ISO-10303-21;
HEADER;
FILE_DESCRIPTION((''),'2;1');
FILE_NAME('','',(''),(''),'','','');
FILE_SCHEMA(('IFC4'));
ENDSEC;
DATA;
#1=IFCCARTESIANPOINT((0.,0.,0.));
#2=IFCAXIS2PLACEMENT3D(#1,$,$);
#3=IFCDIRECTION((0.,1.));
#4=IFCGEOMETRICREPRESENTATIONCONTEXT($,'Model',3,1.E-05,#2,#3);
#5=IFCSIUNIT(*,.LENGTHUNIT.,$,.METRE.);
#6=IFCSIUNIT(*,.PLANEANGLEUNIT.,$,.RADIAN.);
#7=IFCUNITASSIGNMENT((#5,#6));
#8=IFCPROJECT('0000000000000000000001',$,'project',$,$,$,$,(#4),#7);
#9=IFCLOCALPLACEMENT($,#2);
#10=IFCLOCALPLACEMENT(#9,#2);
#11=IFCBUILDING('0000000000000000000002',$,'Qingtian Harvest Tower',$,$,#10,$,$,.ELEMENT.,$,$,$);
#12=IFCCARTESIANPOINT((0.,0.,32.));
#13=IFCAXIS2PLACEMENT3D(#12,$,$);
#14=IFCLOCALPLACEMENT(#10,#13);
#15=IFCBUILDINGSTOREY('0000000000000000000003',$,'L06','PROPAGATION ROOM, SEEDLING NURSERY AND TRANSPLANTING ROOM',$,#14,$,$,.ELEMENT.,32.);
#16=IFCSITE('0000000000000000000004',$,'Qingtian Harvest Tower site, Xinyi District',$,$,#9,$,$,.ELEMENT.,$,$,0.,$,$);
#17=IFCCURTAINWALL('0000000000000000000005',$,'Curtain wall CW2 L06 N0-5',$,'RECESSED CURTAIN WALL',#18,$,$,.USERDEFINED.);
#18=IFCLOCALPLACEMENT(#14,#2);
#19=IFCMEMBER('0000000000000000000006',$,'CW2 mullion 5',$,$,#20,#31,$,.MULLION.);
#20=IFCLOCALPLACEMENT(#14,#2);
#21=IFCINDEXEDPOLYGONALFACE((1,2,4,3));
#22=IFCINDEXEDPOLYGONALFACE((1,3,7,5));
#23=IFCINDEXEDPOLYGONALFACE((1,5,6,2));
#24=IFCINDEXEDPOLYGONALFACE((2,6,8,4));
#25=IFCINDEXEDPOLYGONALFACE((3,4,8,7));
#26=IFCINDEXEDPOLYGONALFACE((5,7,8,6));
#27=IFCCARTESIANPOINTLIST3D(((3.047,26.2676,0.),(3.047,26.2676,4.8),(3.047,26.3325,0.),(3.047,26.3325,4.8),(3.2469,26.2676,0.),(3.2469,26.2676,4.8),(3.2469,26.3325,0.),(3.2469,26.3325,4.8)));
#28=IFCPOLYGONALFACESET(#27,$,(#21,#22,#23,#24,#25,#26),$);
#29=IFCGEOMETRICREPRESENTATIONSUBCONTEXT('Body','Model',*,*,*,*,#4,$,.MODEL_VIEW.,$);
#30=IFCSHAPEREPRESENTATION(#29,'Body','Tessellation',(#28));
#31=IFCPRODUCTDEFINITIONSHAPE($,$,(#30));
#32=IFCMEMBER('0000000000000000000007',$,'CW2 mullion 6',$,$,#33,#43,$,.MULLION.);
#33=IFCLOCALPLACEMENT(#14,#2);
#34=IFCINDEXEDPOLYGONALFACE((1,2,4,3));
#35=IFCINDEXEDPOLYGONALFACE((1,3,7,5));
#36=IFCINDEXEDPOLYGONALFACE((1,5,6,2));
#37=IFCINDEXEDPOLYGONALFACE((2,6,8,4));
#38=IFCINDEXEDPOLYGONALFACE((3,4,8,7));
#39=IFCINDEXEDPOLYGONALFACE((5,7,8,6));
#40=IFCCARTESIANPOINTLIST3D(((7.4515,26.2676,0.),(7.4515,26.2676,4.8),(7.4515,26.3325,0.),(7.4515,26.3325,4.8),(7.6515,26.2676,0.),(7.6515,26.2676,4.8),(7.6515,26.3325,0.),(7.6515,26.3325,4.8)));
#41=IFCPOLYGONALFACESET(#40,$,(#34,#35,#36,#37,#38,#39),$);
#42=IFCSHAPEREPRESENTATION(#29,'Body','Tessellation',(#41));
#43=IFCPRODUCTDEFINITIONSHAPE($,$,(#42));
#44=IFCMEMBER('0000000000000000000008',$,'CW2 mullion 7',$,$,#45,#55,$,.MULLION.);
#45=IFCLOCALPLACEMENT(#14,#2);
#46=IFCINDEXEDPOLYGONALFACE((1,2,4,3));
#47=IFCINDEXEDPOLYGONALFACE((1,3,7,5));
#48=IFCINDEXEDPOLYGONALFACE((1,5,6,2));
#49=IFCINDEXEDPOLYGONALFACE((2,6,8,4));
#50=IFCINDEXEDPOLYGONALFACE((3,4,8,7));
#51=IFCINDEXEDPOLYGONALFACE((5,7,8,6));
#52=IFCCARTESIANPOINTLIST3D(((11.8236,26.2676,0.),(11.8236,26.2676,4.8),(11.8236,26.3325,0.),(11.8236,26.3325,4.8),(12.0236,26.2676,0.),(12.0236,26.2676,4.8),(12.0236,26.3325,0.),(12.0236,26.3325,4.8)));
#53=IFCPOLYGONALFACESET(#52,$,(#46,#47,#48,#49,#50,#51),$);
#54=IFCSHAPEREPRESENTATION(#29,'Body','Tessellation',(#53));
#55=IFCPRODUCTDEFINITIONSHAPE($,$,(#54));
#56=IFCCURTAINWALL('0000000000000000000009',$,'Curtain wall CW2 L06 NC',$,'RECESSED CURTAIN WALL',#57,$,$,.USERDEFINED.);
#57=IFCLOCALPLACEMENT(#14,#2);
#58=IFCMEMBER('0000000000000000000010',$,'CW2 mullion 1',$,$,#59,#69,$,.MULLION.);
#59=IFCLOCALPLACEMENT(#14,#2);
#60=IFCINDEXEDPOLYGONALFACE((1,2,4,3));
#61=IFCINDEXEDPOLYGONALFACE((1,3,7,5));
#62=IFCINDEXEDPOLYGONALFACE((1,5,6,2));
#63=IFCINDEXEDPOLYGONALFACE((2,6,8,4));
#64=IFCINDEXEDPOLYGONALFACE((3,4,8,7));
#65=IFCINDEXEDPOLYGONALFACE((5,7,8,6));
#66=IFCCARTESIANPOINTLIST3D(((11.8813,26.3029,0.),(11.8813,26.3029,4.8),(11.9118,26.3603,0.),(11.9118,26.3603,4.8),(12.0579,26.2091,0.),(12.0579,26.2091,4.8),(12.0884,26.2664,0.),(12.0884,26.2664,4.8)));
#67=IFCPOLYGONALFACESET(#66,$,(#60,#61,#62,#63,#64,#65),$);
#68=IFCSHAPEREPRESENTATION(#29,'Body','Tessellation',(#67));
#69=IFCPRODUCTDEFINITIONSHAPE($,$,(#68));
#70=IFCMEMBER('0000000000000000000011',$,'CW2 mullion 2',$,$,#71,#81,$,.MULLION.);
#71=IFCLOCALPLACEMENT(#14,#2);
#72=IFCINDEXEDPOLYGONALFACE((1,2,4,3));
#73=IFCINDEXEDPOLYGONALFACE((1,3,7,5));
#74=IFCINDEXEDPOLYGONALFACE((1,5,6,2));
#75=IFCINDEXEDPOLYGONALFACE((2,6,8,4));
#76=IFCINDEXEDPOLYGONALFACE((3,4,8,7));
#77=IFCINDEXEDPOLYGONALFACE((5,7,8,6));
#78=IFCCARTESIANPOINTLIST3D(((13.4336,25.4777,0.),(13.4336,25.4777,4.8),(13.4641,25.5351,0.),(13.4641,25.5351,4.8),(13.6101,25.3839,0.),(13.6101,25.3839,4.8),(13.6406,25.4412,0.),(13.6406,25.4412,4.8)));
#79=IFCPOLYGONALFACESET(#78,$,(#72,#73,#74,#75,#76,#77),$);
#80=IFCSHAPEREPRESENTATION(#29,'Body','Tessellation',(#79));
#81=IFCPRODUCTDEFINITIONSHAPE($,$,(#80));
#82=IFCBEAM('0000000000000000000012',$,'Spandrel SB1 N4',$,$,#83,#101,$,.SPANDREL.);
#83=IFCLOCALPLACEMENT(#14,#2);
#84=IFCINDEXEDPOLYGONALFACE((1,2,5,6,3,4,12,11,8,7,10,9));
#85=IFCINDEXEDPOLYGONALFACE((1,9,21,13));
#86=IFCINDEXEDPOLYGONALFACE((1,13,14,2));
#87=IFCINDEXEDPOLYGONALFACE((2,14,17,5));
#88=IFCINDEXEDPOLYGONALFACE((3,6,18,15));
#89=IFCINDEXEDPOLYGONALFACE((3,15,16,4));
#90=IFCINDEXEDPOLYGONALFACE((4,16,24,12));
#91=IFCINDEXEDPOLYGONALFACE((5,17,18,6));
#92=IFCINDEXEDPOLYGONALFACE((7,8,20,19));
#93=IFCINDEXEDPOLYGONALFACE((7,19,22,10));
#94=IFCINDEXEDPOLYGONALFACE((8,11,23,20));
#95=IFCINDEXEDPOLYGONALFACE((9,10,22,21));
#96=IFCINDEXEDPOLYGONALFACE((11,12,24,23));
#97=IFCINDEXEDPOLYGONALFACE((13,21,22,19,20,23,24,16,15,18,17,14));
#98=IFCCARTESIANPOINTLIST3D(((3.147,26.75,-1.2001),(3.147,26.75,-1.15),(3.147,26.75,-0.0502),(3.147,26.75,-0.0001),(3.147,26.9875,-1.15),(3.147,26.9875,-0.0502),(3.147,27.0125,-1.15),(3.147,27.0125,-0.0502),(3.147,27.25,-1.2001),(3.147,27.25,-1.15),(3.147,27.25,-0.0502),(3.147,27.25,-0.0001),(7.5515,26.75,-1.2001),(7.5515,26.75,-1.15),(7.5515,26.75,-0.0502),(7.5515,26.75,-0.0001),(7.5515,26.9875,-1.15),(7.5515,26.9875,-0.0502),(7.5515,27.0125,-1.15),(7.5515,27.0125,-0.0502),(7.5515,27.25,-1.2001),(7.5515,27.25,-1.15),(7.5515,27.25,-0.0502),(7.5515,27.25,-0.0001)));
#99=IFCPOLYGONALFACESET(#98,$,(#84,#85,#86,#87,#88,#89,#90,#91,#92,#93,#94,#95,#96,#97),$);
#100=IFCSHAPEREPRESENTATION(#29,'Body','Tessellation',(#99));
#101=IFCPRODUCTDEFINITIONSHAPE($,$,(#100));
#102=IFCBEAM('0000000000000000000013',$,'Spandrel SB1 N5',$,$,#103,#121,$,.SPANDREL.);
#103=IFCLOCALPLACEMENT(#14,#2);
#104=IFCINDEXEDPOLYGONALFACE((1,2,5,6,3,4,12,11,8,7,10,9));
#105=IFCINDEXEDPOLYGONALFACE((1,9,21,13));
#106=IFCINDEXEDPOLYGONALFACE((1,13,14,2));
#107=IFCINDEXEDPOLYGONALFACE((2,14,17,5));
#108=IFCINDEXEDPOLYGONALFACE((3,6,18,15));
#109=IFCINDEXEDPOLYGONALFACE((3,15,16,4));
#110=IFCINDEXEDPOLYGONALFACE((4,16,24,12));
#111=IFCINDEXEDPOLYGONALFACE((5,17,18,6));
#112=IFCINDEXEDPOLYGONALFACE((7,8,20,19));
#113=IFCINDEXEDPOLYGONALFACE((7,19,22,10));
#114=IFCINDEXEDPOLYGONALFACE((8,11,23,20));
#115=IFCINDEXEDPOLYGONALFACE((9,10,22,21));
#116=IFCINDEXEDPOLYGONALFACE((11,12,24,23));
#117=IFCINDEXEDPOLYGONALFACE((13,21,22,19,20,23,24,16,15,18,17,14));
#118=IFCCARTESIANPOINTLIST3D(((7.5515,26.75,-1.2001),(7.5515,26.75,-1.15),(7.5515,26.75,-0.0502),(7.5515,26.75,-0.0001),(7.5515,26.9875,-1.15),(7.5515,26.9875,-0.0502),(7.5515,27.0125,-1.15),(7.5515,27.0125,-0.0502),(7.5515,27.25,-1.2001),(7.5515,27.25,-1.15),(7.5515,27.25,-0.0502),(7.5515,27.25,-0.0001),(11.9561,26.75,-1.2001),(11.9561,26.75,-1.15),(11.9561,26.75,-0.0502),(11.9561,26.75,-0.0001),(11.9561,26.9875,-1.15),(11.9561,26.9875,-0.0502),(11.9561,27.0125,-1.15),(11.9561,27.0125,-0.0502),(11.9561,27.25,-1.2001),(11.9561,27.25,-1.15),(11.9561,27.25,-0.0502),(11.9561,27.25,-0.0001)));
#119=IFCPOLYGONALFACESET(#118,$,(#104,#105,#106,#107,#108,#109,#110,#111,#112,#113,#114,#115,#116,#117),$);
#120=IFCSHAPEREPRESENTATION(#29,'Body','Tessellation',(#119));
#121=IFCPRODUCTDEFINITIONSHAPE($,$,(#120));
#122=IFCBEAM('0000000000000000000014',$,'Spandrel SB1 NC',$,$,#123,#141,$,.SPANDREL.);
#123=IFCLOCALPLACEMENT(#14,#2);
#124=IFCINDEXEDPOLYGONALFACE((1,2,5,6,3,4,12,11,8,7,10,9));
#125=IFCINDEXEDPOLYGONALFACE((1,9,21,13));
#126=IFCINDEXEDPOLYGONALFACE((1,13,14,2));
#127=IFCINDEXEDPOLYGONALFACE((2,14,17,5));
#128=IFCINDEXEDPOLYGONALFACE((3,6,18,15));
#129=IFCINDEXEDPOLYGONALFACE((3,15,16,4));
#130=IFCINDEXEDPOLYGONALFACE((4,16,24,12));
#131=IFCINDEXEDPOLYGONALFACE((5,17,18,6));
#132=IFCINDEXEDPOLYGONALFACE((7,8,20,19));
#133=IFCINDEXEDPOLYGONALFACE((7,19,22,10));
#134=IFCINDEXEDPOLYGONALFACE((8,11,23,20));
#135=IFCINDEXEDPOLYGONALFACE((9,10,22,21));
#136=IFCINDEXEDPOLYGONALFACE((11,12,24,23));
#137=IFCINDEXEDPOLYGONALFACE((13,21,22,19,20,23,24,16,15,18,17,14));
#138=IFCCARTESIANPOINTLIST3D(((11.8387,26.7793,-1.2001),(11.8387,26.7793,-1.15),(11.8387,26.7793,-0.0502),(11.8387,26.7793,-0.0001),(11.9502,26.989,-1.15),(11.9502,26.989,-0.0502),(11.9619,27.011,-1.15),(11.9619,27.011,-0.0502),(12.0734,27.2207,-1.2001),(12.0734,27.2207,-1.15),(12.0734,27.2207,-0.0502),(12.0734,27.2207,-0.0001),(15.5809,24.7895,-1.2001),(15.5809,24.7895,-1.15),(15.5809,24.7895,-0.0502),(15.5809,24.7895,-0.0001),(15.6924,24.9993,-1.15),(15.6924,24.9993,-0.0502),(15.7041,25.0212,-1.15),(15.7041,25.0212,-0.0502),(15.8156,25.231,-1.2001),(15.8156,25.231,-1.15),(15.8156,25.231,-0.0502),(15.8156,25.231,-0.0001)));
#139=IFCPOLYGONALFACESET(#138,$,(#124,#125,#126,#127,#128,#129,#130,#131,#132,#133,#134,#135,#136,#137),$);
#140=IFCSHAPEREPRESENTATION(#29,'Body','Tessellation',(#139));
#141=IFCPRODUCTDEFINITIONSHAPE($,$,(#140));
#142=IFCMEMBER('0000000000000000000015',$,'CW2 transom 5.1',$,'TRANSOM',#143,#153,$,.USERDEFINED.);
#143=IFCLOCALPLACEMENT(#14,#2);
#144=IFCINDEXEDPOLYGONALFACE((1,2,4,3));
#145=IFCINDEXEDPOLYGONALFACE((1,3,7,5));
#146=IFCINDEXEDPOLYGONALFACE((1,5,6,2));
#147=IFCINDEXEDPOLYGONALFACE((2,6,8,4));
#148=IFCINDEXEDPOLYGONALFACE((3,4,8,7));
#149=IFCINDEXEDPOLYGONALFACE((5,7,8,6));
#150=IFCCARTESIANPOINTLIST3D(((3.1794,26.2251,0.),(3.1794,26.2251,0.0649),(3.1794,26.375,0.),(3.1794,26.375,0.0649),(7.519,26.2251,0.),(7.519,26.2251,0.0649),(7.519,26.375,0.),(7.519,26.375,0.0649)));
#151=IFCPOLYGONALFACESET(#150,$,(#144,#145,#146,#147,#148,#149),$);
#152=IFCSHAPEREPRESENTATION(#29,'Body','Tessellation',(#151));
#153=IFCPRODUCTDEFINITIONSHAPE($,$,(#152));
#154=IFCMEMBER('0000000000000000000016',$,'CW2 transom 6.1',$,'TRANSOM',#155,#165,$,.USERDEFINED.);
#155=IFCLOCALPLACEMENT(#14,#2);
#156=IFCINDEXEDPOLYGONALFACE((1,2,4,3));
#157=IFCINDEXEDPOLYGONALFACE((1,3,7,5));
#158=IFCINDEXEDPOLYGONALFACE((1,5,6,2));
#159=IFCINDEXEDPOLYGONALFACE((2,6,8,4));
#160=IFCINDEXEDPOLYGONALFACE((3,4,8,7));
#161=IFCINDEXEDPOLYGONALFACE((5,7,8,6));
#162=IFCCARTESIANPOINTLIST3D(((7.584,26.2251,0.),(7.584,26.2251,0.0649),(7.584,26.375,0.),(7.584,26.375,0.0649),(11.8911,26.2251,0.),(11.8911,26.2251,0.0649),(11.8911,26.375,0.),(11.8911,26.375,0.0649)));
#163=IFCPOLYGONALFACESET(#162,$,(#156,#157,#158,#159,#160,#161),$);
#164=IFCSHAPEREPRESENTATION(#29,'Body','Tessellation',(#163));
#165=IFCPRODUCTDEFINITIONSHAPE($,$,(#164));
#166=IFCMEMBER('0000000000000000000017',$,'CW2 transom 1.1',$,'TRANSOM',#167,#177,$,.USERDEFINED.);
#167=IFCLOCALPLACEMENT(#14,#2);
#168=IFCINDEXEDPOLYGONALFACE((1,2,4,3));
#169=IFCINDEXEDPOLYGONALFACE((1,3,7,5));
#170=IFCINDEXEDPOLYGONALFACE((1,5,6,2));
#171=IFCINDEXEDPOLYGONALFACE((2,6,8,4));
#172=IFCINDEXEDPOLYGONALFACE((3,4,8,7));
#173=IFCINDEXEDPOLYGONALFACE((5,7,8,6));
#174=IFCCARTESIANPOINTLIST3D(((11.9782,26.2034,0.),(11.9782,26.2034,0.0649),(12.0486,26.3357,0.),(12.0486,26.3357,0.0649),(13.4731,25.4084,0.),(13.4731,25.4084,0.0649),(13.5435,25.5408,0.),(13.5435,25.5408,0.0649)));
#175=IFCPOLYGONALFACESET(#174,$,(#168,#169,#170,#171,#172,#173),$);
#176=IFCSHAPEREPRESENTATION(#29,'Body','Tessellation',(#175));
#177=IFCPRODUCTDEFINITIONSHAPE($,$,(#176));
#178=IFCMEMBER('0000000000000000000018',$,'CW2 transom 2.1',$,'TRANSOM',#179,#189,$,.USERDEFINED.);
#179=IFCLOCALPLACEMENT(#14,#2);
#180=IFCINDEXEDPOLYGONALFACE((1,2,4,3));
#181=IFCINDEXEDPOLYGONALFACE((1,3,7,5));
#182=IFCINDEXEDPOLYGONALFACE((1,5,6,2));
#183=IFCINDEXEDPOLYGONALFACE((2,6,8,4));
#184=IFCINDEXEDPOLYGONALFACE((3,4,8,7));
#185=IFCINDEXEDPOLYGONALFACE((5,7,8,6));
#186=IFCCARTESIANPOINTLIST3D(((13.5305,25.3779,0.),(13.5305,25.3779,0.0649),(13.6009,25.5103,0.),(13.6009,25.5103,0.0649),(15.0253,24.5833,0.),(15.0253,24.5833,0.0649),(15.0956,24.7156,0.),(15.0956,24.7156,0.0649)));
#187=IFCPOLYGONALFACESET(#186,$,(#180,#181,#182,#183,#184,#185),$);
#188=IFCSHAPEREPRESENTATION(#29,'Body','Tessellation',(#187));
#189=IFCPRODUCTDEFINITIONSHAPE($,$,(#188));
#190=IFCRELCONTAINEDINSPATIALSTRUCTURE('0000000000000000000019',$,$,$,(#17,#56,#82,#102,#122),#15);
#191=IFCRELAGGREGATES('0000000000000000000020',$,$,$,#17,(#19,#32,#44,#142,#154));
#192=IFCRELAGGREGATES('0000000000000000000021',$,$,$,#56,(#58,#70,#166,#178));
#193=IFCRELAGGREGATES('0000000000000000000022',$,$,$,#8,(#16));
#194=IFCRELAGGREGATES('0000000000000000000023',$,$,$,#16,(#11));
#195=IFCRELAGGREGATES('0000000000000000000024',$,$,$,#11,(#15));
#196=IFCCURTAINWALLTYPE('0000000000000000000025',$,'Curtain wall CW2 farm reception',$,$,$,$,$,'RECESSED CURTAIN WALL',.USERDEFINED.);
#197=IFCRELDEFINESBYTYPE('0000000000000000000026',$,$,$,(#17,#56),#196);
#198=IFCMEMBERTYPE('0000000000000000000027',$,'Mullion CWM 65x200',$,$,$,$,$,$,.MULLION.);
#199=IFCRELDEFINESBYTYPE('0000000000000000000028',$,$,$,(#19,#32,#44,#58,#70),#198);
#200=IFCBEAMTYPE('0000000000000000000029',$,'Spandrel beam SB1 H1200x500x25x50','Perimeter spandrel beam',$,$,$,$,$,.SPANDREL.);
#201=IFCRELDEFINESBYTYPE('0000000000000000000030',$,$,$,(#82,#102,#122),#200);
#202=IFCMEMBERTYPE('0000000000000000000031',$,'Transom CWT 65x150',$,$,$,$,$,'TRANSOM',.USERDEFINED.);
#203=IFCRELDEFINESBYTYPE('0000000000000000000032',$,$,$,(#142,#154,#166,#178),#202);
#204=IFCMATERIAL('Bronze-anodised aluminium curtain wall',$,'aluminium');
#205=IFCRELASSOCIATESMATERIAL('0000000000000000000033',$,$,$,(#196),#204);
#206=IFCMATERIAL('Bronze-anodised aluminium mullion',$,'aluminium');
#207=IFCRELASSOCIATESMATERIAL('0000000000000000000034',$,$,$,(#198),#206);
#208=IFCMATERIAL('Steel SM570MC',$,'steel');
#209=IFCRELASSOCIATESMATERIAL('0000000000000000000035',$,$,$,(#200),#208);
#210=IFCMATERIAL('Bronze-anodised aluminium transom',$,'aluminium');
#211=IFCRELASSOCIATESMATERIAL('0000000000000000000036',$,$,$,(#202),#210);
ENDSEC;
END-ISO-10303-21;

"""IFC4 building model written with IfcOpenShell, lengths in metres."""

from ifc_helpers import new_model, si_unit, direction, frame, origin, origin_2d, place, context, subcontext, project, spatial, rectangle, i_section, extrude, material, material_profile, profile_set, type_object, element, aggregate, save


model = new_model("IFC4")

# Units and contexts
model_context = context("Model", 3, precision=1e-05, world=origin(), true_north=direction((0.0, 1.0)))
body_context = subcontext(model_context, "Body", "Model", "MODEL_VIEW")
ifc_project = project(units=[si_unit("LENGTHUNIT", "METRE"), si_unit("PLANEANGLEUNIT", "RADIAN")], contexts=[model_context])

# Site, building, storey
site_placement = place(None, origin())
site = spatial("IfcSite", under=ifc_project, at=site_placement, Name="Qingtian Harvest Tower site, Xinyi District", CompositionType="ELEMENT", RefElevation=0.0)
building_placement = place(site_placement, origin())
building = spatial("IfcBuilding", under=site, at=building_placement, Name="Qingtian Harvest Tower", CompositionType="ELEMENT")
storey_placement = place(building_placement, frame((0.0, 0.0, 32.0)))
storey = spatial("IfcBuildingStorey", under=building, at=storey_placement, Name="L06", Description="PROPAGATION ROOM, SEEDLING NURSERY AND TRANSPLANTING ROOM", CompositionType="ELEMENT", Elevation=32.0)

# Curtain walls, members
ifc_material_1 = material(Name="Bronze-anodised aluminium curtain wall", Category="aluminium")
curtain_wall_type = type_object("IfcCurtainWallType", Name="Curtain wall CW2 farm reception", ElementType="RECESSED CURTAIN WALL", PredefinedType="USERDEFINED", material=ifc_material_1)
curtain_wall_1_placement = place(storey_placement, origin())
curtain_wall_1 = element("IfcCurtainWall", 1, at=curtain_wall_1_placement, inside=storey, type_object=curtain_wall_type, Name="Curtain wall CW2 L06 N0-5", ObjectType="RECESSED CURTAIN WALL", PredefinedType="USERDEFINED")
ifc_material_2 = material(Name="Bronze-anodised aluminium mullion", Category="aluminium")
ifc_material_profile_1 = material_profile(ifc_material_2, rectangle(XDim=0.0649, YDim=0.2, at=origin_2d()), Name="AL 65x200")
ifc_profile_set_1 = profile_set([ifc_material_profile_1], Name="Bronze-anodised aluminium mullion")
member_type_1 = type_object("IfcMemberType", Name="Mullion CWM 65x200", PredefinedType="MULLION", material=ifc_profile_set_1)
member_1_placement = place(storey_placement, frame((3.147, 26.3, 0.0), z_axis=(0.0, 0.0, 1.0), x_axis=(0.0, 1.0, 0.0)))
member_1 = element("IfcMember", 2, at=member_1_placement, type_object=member_type_1, Name="CW2 mullion 5", PredefinedType="MULLION", context=body_context, shape_type="SweptSolid", body=[
    extrude(rectangle(XDim=0.0649, YDim=0.2, at=origin_2d()), origin(), (0.0, 0.0, 1.0), 4.8),
])
member_2_placement = place(storey_placement, frame((7.5515, 26.3, 0.0), z_axis=(0.0, 0.0, 1.0), x_axis=(0.0, 1.0, 0.0)))
member_2 = element("IfcMember", 3, at=member_2_placement, type_object=member_type_1, Name="CW2 mullion 6", PredefinedType="MULLION", context=body_context, shape_type="SweptSolid", body=[
    extrude(rectangle(XDim=0.0649, YDim=0.2, at=origin_2d()), origin(), (0.0, 0.0, 1.0), 4.8),
])
member_3_placement = place(storey_placement, frame((11.9236, 26.3, 0.0), z_axis=(0.0, 0.0, 1.0), x_axis=(0.0, 1.0, 0.0)))
member_3 = element("IfcMember", 4, at=member_3_placement, type_object=member_type_1, Name="CW2 mullion 7", PredefinedType="MULLION", context=body_context, shape_type="SweptSolid", body=[
    extrude(rectangle(XDim=0.0649, YDim=0.2, at=origin_2d()), origin(), (0.0, 0.0, 1.0), 4.8),
])
curtain_wall_2_placement = place(storey_placement, origin())
curtain_wall_2 = element("IfcCurtainWall", 5, at=curtain_wall_2_placement, inside=storey, type_object=curtain_wall_type, Name="Curtain wall CW2 L06 NC", ObjectType="RECESSED CURTAIN WALL", PredefinedType="USERDEFINED")
member_4_placement = place(storey_placement, frame((11.9849, 26.2847, 0.0), z_axis=(0.0, 0.0, 1.0), x_axis=(0.469472, 0.882948, 0.0)))
member_4 = element("IfcMember", 6, at=member_4_placement, type_object=member_type_1, Name="CW2 mullion 1", PredefinedType="MULLION", context=body_context, shape_type="SweptSolid", body=[
    extrude(rectangle(XDim=0.0649, YDim=0.2, at=origin_2d()), origin(), (0.0, 0.0, 1.0), 4.8),
])
member_5_placement = place(storey_placement, frame((13.5371, 25.4595, 0.0), z_axis=(0.0, 0.0, 1.0), x_axis=(0.469472, 0.882948, 0.0)))
member_5 = element("IfcMember", 7, at=member_5_placement, type_object=member_type_1, Name="CW2 mullion 2", PredefinedType="MULLION", context=body_context, shape_type="SweptSolid", body=[
    extrude(rectangle(XDim=0.0649, YDim=0.2, at=origin_2d()), origin(), (0.0, 0.0, 1.0), 4.8),
])

# Beams
ifc_material_3 = material(Name="Steel SM570MC", Category="steel")
ifc_material_profile_2 = material_profile(ifc_material_3, i_section(OverallWidth=0.5, OverallDepth=1.2, WebThickness=0.0249, FlangeThickness=0.05, at=origin_2d()), Name="H1200x500x25x50")
ifc_profile_set_2 = profile_set([ifc_material_profile_2], Name="Steel SM570MC")
beam_type_1 = type_object("IfcBeamType", Name="Spandrel beam SB1 H1200x500x25x50", Description="Perimeter spandrel beam", PredefinedType="SPANDREL", material=ifc_profile_set_2)
for number, where, z_axis, x_axis, name in (
    (8, (3.147, 27.0, -0.6001), (1.0, 0.0, 0.0), (0.0, 1.0, 0.0), "Spandrel SB1 N4"),
    (9, (7.5515, 27.0, -0.6001), (1.0, 0.0, 0.0), (0.0, 1.0, 0.0), "Spandrel SB1 N5"),
):
    element("IfcBeam", number, at=place(storey_placement, frame(where, z_axis=z_axis, x_axis=x_axis)), inside=storey, type_object=beam_type_1, Name=name, PredefinedType="SPANDREL", context=body_context, shape_type="SweptSolid", body=[
        extrude(i_section(OverallWidth=0.5, OverallDepth=1.2, WebThickness=0.0249, FlangeThickness=0.05, at=origin_2d()), origin(), (0.0, 0.0, 1.0), 4.4045),
    ])
beam_1_placement = place(storey_placement, frame((11.9561, 27.0, -0.6001), z_axis=(0.882949, -0.46947, 0.0), x_axis=(0.46947, 0.882949, 0.0)))
element("IfcBeam", 10, at=beam_1_placement, inside=storey, type_object=beam_type_1, Name="Spandrel SB1 NC", PredefinedType="SPANDREL", context=body_context, shape_type="SweptSolid", body=[
    extrude(i_section(OverallWidth=0.5, OverallDepth=1.2, WebThickness=0.0249, FlangeThickness=0.05, at=origin_2d()), origin(), (0.0, 0.0, 1.0), 4.2383),
])

# Members
ifc_material_4 = material(Name="Bronze-anodised aluminium transom", Category="aluminium")
ifc_material_profile_3 = material_profile(ifc_material_4, rectangle(XDim=0.1499, YDim=0.0649, at=origin_2d()), Name="AL 65x150")
ifc_profile_set_3 = profile_set([ifc_material_profile_3], Name="Bronze-anodised aluminium transom")
member_type_2 = type_object("IfcMemberType", Name="Transom CWT 65x150", ElementType="TRANSOM", PredefinedType="USERDEFINED", material=ifc_profile_set_3)
member_6_placement = place(storey_placement, frame((3.1794, 26.3, 0.0325), z_axis=(1.0, 0.0, 0.0), x_axis=(0.0, 1.0, 0.0)))
member_6 = element("IfcMember", 11, at=member_6_placement, type_object=member_type_2, Name="CW2 transom 5.1", ObjectType="TRANSOM", PredefinedType="USERDEFINED", context=body_context, shape_type="SweptSolid", body=[
    extrude(rectangle(XDim=0.1499, YDim=0.0649, at=origin_2d()), origin(), (0.0, 0.0, 1.0), 4.3396),
])
member_7_placement = place(storey_placement, frame((7.584, 26.3, 0.0325), z_axis=(1.0, 0.0, 0.0), x_axis=(0.0, 1.0, 0.0)))
member_7 = element("IfcMember", 12, at=member_7_placement, type_object=member_type_2, Name="CW2 transom 6.1", ObjectType="TRANSOM", PredefinedType="USERDEFINED", context=body_context, shape_type="SweptSolid", body=[
    extrude(rectangle(XDim=0.1499, YDim=0.0649, at=origin_2d()), origin(), (0.0, 0.0, 1.0), 4.3071),
])
member_8_placement = place(storey_placement, frame((12.0134, 26.2695, 0.0325), z_axis=(0.882927, -0.46951, 0.0), x_axis=(0.46951, 0.882927, 0.0)))
member_8 = element("IfcMember", 13, at=member_8_placement, type_object=member_type_2, Name="CW2 transom 1.1", ObjectType="TRANSOM", PredefinedType="USERDEFINED", context=body_context, shape_type="SweptSolid", body=[
    extrude(rectangle(XDim=0.1499, YDim=0.0649, at=origin_2d()), origin(), (0.0, 0.0, 1.0), 1.6931),
])
member_9_placement = place(storey_placement, frame((13.5657, 25.4441, 0.0325), z_axis=(0.882987, -0.469398, 0.0), x_axis=(0.469398, 0.882987, 0.0)))
member_9 = element("IfcMember", 14, at=member_9_placement, type_object=member_type_2, Name="CW2 transom 2.1", ObjectType="TRANSOM", PredefinedType="USERDEFINED", context=body_context, shape_type="SweptSolid", body=[
    extrude(rectangle(XDim=0.1499, YDim=0.0649, at=origin_2d()), origin(), (0.0, 0.0, 1.0), 1.6929),
])

aggregate(curtain_wall_1, [member_1, member_2, member_3, member_6, member_7])
aggregate(curtain_wall_2, [member_4, member_5, member_8, member_9])

save(model, "model.ifc")
